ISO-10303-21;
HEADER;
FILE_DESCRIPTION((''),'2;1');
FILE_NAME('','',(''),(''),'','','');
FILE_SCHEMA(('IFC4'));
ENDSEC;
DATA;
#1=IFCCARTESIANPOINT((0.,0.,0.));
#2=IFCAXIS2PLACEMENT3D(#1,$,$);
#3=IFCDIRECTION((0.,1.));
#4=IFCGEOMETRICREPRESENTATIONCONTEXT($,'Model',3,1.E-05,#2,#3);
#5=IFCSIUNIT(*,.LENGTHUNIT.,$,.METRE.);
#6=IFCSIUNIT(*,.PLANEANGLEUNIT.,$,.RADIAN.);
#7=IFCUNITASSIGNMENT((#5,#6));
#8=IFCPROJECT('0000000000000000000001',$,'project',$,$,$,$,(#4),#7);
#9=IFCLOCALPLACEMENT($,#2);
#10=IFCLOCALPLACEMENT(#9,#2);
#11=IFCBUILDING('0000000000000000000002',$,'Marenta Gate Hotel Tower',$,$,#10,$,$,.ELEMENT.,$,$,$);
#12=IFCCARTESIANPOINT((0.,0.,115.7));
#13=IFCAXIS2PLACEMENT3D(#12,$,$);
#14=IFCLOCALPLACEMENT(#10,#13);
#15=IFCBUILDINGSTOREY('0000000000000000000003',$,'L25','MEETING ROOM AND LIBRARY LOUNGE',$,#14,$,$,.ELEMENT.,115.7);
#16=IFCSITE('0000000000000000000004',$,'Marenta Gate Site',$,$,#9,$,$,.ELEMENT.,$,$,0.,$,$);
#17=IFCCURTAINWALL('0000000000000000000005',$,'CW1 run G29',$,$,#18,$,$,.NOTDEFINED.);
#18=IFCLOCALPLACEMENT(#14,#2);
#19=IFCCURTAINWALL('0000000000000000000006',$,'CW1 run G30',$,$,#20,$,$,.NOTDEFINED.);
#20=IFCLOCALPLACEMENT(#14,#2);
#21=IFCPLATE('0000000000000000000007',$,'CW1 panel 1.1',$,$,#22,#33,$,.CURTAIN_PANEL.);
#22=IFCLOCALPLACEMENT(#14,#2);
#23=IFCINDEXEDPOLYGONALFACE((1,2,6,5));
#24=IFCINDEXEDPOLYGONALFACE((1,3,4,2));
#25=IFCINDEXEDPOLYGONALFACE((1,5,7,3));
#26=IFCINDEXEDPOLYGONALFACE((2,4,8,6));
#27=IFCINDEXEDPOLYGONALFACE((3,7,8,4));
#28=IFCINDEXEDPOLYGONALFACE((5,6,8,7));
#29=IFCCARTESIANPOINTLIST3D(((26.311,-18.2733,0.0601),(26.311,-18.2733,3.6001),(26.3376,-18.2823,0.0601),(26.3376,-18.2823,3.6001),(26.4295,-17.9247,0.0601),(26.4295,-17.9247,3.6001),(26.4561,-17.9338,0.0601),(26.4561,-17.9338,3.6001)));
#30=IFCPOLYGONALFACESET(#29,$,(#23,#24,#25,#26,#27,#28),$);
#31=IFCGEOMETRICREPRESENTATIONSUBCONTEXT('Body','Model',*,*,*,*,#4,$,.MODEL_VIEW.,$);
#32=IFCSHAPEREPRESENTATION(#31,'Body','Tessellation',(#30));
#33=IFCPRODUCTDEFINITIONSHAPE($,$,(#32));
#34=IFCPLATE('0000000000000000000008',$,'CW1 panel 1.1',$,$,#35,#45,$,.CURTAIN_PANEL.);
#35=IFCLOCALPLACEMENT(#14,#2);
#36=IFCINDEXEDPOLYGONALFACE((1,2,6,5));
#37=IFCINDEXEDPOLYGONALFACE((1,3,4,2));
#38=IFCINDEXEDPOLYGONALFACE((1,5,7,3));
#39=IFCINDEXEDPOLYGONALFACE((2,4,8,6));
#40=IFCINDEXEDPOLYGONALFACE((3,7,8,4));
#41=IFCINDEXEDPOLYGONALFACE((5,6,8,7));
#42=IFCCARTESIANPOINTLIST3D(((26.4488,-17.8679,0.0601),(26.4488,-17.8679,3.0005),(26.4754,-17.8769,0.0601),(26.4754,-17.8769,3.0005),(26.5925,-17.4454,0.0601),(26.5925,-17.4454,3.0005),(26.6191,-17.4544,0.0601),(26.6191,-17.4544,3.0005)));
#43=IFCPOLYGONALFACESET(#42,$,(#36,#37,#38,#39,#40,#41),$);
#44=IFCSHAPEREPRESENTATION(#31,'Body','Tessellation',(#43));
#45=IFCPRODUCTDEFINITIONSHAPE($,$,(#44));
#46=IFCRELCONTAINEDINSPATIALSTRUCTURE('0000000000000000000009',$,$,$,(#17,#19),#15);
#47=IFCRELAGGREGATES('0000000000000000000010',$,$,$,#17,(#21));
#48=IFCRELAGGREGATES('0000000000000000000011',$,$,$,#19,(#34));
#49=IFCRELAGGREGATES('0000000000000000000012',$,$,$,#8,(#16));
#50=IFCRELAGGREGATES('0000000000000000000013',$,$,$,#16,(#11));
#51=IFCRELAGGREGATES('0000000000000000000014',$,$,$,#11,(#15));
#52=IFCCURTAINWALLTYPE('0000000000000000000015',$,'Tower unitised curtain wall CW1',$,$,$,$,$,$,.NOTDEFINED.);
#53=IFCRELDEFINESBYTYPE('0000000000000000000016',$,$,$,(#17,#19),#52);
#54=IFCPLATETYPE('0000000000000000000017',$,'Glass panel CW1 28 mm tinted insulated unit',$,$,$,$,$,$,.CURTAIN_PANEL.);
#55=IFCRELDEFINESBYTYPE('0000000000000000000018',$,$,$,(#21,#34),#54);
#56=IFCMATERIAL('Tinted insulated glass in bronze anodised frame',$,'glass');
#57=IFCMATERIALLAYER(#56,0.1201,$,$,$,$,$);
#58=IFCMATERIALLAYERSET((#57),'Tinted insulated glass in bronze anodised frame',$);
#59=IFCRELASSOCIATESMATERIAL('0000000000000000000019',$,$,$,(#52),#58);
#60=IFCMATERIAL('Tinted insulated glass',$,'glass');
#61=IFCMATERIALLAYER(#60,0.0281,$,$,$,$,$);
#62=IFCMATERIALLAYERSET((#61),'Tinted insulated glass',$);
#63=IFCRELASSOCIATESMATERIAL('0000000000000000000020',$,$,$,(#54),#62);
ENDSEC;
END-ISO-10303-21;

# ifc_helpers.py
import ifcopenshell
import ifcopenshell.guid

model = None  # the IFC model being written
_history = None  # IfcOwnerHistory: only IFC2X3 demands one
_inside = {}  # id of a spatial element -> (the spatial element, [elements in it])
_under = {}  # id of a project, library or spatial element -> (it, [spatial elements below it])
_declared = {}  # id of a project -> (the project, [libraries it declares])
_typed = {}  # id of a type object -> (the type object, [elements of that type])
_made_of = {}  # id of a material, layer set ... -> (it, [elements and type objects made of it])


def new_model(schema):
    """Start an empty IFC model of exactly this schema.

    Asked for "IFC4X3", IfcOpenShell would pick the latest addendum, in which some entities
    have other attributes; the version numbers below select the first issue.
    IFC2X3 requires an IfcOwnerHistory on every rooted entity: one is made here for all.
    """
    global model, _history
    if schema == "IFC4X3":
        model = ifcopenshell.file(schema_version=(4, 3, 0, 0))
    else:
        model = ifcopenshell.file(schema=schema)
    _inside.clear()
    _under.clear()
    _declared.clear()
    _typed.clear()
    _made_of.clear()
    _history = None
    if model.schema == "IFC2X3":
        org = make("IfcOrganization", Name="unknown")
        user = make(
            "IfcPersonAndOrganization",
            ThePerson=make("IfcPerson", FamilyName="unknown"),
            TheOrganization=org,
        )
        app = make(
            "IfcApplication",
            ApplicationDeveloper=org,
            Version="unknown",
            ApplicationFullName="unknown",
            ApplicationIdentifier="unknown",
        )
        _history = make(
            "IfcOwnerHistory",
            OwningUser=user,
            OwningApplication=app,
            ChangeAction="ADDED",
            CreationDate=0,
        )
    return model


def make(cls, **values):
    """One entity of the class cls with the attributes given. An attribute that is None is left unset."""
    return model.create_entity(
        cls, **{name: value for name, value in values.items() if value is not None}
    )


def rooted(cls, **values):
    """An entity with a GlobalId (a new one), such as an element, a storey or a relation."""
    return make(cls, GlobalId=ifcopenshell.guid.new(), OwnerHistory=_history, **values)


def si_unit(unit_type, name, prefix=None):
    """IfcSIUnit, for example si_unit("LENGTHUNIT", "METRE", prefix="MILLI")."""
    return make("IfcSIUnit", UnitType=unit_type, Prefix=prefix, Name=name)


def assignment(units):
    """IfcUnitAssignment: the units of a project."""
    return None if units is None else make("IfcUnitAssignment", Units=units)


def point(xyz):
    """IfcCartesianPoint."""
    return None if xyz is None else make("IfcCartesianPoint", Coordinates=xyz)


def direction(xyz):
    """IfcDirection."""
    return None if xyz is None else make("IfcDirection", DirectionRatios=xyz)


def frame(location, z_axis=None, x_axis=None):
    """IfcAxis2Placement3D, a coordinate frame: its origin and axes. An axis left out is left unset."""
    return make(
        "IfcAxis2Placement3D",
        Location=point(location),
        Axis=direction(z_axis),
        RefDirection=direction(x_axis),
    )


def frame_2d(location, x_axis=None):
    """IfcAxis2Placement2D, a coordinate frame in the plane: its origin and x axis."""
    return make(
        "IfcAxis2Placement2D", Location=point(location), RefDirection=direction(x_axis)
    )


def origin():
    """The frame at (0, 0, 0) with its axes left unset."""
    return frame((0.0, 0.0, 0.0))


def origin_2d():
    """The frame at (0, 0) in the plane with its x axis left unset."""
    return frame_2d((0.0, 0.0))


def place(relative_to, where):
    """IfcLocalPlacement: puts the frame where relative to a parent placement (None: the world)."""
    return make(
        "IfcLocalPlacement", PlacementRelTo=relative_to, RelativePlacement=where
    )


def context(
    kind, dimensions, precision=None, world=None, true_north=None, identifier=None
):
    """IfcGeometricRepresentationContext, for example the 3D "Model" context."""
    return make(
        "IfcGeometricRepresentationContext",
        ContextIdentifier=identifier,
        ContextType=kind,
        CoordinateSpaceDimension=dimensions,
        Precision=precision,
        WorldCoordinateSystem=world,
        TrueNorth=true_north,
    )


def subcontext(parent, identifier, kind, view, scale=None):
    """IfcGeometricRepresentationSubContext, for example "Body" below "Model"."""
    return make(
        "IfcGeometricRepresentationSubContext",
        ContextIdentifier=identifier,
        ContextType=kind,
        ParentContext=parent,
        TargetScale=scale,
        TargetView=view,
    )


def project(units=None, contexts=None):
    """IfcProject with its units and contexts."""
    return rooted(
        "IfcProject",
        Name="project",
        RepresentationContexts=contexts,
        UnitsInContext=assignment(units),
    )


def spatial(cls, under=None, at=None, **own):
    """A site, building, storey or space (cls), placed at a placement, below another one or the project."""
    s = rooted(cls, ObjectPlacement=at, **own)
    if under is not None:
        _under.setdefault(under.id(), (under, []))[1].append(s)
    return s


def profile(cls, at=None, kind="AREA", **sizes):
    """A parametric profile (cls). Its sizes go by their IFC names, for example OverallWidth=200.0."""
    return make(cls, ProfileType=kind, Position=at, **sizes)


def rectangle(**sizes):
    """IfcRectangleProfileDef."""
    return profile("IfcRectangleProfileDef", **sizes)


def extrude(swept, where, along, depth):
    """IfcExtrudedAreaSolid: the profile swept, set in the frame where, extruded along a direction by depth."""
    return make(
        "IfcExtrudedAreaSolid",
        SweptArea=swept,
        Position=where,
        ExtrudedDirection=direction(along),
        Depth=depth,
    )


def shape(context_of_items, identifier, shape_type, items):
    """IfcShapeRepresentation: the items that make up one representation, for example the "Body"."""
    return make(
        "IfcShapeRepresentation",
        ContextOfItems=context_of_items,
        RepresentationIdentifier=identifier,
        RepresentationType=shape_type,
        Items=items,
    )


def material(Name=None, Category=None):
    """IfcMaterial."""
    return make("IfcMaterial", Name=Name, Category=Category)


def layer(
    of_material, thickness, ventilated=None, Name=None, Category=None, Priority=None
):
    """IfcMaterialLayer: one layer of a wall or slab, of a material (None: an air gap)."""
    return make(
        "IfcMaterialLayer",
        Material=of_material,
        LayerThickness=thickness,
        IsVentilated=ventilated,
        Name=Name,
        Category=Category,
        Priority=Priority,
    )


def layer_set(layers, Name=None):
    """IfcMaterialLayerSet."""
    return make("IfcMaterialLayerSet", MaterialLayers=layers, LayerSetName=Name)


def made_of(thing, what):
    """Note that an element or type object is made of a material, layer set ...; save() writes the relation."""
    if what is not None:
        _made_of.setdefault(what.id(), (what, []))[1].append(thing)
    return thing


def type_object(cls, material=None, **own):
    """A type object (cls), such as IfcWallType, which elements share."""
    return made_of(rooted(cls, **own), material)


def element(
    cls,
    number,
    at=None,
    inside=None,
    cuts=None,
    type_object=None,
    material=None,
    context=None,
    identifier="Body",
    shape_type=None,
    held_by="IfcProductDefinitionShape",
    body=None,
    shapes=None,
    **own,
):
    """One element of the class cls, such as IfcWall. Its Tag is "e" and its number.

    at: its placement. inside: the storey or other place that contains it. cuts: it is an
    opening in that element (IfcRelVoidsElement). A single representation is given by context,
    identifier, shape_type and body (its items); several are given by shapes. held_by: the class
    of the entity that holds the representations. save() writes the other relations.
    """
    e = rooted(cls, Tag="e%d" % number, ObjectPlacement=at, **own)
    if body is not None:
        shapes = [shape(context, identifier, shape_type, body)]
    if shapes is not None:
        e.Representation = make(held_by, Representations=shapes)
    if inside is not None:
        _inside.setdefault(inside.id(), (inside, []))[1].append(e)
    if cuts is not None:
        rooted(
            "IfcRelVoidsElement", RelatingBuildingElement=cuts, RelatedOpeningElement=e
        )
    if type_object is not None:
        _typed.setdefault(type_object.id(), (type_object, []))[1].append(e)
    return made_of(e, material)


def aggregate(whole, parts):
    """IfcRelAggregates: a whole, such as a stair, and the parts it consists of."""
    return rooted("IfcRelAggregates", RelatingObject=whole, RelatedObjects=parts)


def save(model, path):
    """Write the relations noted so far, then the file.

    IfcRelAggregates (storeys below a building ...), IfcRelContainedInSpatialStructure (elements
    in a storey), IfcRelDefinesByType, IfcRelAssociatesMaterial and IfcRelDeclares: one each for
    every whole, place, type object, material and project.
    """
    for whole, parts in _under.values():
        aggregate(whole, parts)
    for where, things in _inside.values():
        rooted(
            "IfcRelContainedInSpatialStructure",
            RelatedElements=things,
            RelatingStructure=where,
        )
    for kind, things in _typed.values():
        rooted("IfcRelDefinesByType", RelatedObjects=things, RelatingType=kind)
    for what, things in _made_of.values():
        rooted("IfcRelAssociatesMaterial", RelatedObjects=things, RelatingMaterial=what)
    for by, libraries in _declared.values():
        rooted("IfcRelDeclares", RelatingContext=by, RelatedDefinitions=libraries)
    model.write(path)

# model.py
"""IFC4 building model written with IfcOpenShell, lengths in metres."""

from ifc_helpers import new_model, si_unit, direction, frame, origin, origin_2d, place, context, subcontext, project, spatial, rectangle, extrude, material, layer, layer_set, type_object, element, aggregate, save


model = new_model("IFC4")

# Units and contexts
model_context = context("Model", 3, precision=1e-05, world=origin(), true_north=direction((0.0, 1.0)))
body_context = subcontext(model_context, "Body", "Model", "MODEL_VIEW")
ifc_project = project(units=[si_unit("LENGTHUNIT", "METRE"), si_unit("PLANEANGLEUNIT", "RADIAN")], contexts=[model_context])

# Site, building, storey
site_placement = place(None, origin())
site = spatial("IfcSite", under=ifc_project, at=site_placement, Name="Marenta Gate Site", CompositionType="ELEMENT", RefElevation=0.0)
building_placement = place(site_placement, origin())
building = spatial("IfcBuilding", under=site, at=building_placement, Name="Marenta Gate Hotel Tower", CompositionType="ELEMENT")
storey_placement = place(building_placement, frame((0.0, 0.0, 115.7)))
storey = spatial("IfcBuildingStorey", under=building, at=storey_placement, Name="L25", Description="MEETING ROOM AND LIBRARY LOUNGE", CompositionType="ELEMENT", Elevation=115.7)

# Curtain walls
ifc_material_1 = material(Name="Tinted insulated glass in bronze anodised frame", Category="glass")
ifc_layer_1 = layer(ifc_material_1, 0.1201)
ifc_layer_set_1 = layer_set([ifc_layer_1], Name="Tinted insulated glass in bronze anodised frame")
curtain_wall_type = type_object("IfcCurtainWallType", Name="Tower unitised curtain wall CW1", PredefinedType="NOTDEFINED", material=ifc_layer_set_1)
curtain_wall_1_placement = place(storey_placement, origin())
curtain_wall_1 = element("IfcCurtainWall", 1, at=curtain_wall_1_placement, inside=storey, type_object=curtain_wall_type, Name="CW1 run G29", PredefinedType="NOTDEFINED")
curtain_wall_2_placement = place(storey_placement, origin())
curtain_wall_2 = element("IfcCurtainWall", 2, at=curtain_wall_2_placement, inside=storey, type_object=curtain_wall_type, Name="CW1 run G30", PredefinedType="NOTDEFINED")

# Shared definitions
ifc_material_2 = material(Name="Tinted insulated glass", Category="glass")
ifc_layer_2 = layer(ifc_material_2, 0.0281)
ifc_layer_set_2 = layer_set([ifc_layer_2], Name="Tinted insulated glass")
plate_type = type_object("IfcPlateType", Name="Glass panel CW1 28 mm tinted insulated unit", PredefinedType="CURTAIN_PANEL", material=ifc_layer_set_2)

# Plates
plate_1_placement = place(storey_placement, frame((26.3835, -18.1035, 0.0601), z_axis=(0.0, 0.0, 1.0), x_axis=(0.322037, 0.946727, 0.0)))
plate_1 = element("IfcPlate", 3, at=plate_1_placement, type_object=plate_type, Name="CW1 panel 1.1", PredefinedType="CURTAIN_PANEL", context=body_context, shape_type="SweptSolid", body=[
    extrude(rectangle(XDim=0.3682, YDim=0.0281, at=origin_2d()), origin(), (0.0, 0.0, 1.0), 3.54),
])
aggregate(curtain_wall_1, [plate_1])
plate_2_placement = place(storey_placement, frame((26.5339, -17.6611, 0.0601), z_axis=(0.0, 0.0, 1.0), x_axis=(0.32203, 0.946729, 0.0)))
plate_2 = element("IfcPlate", 4, at=plate_2_placement, type_object=plate_type, Name="CW1 panel 1.1", PredefinedType="CURTAIN_PANEL", context=body_context, shape_type="SweptSolid", body=[
    extrude(rectangle(XDim=0.4463, YDim=0.0281, at=origin_2d()), origin(), (0.0, 0.0, 1.0), 2.9404),
])
aggregate(curtain_wall_2, [plate_2])

save(model, "model.ifc")
